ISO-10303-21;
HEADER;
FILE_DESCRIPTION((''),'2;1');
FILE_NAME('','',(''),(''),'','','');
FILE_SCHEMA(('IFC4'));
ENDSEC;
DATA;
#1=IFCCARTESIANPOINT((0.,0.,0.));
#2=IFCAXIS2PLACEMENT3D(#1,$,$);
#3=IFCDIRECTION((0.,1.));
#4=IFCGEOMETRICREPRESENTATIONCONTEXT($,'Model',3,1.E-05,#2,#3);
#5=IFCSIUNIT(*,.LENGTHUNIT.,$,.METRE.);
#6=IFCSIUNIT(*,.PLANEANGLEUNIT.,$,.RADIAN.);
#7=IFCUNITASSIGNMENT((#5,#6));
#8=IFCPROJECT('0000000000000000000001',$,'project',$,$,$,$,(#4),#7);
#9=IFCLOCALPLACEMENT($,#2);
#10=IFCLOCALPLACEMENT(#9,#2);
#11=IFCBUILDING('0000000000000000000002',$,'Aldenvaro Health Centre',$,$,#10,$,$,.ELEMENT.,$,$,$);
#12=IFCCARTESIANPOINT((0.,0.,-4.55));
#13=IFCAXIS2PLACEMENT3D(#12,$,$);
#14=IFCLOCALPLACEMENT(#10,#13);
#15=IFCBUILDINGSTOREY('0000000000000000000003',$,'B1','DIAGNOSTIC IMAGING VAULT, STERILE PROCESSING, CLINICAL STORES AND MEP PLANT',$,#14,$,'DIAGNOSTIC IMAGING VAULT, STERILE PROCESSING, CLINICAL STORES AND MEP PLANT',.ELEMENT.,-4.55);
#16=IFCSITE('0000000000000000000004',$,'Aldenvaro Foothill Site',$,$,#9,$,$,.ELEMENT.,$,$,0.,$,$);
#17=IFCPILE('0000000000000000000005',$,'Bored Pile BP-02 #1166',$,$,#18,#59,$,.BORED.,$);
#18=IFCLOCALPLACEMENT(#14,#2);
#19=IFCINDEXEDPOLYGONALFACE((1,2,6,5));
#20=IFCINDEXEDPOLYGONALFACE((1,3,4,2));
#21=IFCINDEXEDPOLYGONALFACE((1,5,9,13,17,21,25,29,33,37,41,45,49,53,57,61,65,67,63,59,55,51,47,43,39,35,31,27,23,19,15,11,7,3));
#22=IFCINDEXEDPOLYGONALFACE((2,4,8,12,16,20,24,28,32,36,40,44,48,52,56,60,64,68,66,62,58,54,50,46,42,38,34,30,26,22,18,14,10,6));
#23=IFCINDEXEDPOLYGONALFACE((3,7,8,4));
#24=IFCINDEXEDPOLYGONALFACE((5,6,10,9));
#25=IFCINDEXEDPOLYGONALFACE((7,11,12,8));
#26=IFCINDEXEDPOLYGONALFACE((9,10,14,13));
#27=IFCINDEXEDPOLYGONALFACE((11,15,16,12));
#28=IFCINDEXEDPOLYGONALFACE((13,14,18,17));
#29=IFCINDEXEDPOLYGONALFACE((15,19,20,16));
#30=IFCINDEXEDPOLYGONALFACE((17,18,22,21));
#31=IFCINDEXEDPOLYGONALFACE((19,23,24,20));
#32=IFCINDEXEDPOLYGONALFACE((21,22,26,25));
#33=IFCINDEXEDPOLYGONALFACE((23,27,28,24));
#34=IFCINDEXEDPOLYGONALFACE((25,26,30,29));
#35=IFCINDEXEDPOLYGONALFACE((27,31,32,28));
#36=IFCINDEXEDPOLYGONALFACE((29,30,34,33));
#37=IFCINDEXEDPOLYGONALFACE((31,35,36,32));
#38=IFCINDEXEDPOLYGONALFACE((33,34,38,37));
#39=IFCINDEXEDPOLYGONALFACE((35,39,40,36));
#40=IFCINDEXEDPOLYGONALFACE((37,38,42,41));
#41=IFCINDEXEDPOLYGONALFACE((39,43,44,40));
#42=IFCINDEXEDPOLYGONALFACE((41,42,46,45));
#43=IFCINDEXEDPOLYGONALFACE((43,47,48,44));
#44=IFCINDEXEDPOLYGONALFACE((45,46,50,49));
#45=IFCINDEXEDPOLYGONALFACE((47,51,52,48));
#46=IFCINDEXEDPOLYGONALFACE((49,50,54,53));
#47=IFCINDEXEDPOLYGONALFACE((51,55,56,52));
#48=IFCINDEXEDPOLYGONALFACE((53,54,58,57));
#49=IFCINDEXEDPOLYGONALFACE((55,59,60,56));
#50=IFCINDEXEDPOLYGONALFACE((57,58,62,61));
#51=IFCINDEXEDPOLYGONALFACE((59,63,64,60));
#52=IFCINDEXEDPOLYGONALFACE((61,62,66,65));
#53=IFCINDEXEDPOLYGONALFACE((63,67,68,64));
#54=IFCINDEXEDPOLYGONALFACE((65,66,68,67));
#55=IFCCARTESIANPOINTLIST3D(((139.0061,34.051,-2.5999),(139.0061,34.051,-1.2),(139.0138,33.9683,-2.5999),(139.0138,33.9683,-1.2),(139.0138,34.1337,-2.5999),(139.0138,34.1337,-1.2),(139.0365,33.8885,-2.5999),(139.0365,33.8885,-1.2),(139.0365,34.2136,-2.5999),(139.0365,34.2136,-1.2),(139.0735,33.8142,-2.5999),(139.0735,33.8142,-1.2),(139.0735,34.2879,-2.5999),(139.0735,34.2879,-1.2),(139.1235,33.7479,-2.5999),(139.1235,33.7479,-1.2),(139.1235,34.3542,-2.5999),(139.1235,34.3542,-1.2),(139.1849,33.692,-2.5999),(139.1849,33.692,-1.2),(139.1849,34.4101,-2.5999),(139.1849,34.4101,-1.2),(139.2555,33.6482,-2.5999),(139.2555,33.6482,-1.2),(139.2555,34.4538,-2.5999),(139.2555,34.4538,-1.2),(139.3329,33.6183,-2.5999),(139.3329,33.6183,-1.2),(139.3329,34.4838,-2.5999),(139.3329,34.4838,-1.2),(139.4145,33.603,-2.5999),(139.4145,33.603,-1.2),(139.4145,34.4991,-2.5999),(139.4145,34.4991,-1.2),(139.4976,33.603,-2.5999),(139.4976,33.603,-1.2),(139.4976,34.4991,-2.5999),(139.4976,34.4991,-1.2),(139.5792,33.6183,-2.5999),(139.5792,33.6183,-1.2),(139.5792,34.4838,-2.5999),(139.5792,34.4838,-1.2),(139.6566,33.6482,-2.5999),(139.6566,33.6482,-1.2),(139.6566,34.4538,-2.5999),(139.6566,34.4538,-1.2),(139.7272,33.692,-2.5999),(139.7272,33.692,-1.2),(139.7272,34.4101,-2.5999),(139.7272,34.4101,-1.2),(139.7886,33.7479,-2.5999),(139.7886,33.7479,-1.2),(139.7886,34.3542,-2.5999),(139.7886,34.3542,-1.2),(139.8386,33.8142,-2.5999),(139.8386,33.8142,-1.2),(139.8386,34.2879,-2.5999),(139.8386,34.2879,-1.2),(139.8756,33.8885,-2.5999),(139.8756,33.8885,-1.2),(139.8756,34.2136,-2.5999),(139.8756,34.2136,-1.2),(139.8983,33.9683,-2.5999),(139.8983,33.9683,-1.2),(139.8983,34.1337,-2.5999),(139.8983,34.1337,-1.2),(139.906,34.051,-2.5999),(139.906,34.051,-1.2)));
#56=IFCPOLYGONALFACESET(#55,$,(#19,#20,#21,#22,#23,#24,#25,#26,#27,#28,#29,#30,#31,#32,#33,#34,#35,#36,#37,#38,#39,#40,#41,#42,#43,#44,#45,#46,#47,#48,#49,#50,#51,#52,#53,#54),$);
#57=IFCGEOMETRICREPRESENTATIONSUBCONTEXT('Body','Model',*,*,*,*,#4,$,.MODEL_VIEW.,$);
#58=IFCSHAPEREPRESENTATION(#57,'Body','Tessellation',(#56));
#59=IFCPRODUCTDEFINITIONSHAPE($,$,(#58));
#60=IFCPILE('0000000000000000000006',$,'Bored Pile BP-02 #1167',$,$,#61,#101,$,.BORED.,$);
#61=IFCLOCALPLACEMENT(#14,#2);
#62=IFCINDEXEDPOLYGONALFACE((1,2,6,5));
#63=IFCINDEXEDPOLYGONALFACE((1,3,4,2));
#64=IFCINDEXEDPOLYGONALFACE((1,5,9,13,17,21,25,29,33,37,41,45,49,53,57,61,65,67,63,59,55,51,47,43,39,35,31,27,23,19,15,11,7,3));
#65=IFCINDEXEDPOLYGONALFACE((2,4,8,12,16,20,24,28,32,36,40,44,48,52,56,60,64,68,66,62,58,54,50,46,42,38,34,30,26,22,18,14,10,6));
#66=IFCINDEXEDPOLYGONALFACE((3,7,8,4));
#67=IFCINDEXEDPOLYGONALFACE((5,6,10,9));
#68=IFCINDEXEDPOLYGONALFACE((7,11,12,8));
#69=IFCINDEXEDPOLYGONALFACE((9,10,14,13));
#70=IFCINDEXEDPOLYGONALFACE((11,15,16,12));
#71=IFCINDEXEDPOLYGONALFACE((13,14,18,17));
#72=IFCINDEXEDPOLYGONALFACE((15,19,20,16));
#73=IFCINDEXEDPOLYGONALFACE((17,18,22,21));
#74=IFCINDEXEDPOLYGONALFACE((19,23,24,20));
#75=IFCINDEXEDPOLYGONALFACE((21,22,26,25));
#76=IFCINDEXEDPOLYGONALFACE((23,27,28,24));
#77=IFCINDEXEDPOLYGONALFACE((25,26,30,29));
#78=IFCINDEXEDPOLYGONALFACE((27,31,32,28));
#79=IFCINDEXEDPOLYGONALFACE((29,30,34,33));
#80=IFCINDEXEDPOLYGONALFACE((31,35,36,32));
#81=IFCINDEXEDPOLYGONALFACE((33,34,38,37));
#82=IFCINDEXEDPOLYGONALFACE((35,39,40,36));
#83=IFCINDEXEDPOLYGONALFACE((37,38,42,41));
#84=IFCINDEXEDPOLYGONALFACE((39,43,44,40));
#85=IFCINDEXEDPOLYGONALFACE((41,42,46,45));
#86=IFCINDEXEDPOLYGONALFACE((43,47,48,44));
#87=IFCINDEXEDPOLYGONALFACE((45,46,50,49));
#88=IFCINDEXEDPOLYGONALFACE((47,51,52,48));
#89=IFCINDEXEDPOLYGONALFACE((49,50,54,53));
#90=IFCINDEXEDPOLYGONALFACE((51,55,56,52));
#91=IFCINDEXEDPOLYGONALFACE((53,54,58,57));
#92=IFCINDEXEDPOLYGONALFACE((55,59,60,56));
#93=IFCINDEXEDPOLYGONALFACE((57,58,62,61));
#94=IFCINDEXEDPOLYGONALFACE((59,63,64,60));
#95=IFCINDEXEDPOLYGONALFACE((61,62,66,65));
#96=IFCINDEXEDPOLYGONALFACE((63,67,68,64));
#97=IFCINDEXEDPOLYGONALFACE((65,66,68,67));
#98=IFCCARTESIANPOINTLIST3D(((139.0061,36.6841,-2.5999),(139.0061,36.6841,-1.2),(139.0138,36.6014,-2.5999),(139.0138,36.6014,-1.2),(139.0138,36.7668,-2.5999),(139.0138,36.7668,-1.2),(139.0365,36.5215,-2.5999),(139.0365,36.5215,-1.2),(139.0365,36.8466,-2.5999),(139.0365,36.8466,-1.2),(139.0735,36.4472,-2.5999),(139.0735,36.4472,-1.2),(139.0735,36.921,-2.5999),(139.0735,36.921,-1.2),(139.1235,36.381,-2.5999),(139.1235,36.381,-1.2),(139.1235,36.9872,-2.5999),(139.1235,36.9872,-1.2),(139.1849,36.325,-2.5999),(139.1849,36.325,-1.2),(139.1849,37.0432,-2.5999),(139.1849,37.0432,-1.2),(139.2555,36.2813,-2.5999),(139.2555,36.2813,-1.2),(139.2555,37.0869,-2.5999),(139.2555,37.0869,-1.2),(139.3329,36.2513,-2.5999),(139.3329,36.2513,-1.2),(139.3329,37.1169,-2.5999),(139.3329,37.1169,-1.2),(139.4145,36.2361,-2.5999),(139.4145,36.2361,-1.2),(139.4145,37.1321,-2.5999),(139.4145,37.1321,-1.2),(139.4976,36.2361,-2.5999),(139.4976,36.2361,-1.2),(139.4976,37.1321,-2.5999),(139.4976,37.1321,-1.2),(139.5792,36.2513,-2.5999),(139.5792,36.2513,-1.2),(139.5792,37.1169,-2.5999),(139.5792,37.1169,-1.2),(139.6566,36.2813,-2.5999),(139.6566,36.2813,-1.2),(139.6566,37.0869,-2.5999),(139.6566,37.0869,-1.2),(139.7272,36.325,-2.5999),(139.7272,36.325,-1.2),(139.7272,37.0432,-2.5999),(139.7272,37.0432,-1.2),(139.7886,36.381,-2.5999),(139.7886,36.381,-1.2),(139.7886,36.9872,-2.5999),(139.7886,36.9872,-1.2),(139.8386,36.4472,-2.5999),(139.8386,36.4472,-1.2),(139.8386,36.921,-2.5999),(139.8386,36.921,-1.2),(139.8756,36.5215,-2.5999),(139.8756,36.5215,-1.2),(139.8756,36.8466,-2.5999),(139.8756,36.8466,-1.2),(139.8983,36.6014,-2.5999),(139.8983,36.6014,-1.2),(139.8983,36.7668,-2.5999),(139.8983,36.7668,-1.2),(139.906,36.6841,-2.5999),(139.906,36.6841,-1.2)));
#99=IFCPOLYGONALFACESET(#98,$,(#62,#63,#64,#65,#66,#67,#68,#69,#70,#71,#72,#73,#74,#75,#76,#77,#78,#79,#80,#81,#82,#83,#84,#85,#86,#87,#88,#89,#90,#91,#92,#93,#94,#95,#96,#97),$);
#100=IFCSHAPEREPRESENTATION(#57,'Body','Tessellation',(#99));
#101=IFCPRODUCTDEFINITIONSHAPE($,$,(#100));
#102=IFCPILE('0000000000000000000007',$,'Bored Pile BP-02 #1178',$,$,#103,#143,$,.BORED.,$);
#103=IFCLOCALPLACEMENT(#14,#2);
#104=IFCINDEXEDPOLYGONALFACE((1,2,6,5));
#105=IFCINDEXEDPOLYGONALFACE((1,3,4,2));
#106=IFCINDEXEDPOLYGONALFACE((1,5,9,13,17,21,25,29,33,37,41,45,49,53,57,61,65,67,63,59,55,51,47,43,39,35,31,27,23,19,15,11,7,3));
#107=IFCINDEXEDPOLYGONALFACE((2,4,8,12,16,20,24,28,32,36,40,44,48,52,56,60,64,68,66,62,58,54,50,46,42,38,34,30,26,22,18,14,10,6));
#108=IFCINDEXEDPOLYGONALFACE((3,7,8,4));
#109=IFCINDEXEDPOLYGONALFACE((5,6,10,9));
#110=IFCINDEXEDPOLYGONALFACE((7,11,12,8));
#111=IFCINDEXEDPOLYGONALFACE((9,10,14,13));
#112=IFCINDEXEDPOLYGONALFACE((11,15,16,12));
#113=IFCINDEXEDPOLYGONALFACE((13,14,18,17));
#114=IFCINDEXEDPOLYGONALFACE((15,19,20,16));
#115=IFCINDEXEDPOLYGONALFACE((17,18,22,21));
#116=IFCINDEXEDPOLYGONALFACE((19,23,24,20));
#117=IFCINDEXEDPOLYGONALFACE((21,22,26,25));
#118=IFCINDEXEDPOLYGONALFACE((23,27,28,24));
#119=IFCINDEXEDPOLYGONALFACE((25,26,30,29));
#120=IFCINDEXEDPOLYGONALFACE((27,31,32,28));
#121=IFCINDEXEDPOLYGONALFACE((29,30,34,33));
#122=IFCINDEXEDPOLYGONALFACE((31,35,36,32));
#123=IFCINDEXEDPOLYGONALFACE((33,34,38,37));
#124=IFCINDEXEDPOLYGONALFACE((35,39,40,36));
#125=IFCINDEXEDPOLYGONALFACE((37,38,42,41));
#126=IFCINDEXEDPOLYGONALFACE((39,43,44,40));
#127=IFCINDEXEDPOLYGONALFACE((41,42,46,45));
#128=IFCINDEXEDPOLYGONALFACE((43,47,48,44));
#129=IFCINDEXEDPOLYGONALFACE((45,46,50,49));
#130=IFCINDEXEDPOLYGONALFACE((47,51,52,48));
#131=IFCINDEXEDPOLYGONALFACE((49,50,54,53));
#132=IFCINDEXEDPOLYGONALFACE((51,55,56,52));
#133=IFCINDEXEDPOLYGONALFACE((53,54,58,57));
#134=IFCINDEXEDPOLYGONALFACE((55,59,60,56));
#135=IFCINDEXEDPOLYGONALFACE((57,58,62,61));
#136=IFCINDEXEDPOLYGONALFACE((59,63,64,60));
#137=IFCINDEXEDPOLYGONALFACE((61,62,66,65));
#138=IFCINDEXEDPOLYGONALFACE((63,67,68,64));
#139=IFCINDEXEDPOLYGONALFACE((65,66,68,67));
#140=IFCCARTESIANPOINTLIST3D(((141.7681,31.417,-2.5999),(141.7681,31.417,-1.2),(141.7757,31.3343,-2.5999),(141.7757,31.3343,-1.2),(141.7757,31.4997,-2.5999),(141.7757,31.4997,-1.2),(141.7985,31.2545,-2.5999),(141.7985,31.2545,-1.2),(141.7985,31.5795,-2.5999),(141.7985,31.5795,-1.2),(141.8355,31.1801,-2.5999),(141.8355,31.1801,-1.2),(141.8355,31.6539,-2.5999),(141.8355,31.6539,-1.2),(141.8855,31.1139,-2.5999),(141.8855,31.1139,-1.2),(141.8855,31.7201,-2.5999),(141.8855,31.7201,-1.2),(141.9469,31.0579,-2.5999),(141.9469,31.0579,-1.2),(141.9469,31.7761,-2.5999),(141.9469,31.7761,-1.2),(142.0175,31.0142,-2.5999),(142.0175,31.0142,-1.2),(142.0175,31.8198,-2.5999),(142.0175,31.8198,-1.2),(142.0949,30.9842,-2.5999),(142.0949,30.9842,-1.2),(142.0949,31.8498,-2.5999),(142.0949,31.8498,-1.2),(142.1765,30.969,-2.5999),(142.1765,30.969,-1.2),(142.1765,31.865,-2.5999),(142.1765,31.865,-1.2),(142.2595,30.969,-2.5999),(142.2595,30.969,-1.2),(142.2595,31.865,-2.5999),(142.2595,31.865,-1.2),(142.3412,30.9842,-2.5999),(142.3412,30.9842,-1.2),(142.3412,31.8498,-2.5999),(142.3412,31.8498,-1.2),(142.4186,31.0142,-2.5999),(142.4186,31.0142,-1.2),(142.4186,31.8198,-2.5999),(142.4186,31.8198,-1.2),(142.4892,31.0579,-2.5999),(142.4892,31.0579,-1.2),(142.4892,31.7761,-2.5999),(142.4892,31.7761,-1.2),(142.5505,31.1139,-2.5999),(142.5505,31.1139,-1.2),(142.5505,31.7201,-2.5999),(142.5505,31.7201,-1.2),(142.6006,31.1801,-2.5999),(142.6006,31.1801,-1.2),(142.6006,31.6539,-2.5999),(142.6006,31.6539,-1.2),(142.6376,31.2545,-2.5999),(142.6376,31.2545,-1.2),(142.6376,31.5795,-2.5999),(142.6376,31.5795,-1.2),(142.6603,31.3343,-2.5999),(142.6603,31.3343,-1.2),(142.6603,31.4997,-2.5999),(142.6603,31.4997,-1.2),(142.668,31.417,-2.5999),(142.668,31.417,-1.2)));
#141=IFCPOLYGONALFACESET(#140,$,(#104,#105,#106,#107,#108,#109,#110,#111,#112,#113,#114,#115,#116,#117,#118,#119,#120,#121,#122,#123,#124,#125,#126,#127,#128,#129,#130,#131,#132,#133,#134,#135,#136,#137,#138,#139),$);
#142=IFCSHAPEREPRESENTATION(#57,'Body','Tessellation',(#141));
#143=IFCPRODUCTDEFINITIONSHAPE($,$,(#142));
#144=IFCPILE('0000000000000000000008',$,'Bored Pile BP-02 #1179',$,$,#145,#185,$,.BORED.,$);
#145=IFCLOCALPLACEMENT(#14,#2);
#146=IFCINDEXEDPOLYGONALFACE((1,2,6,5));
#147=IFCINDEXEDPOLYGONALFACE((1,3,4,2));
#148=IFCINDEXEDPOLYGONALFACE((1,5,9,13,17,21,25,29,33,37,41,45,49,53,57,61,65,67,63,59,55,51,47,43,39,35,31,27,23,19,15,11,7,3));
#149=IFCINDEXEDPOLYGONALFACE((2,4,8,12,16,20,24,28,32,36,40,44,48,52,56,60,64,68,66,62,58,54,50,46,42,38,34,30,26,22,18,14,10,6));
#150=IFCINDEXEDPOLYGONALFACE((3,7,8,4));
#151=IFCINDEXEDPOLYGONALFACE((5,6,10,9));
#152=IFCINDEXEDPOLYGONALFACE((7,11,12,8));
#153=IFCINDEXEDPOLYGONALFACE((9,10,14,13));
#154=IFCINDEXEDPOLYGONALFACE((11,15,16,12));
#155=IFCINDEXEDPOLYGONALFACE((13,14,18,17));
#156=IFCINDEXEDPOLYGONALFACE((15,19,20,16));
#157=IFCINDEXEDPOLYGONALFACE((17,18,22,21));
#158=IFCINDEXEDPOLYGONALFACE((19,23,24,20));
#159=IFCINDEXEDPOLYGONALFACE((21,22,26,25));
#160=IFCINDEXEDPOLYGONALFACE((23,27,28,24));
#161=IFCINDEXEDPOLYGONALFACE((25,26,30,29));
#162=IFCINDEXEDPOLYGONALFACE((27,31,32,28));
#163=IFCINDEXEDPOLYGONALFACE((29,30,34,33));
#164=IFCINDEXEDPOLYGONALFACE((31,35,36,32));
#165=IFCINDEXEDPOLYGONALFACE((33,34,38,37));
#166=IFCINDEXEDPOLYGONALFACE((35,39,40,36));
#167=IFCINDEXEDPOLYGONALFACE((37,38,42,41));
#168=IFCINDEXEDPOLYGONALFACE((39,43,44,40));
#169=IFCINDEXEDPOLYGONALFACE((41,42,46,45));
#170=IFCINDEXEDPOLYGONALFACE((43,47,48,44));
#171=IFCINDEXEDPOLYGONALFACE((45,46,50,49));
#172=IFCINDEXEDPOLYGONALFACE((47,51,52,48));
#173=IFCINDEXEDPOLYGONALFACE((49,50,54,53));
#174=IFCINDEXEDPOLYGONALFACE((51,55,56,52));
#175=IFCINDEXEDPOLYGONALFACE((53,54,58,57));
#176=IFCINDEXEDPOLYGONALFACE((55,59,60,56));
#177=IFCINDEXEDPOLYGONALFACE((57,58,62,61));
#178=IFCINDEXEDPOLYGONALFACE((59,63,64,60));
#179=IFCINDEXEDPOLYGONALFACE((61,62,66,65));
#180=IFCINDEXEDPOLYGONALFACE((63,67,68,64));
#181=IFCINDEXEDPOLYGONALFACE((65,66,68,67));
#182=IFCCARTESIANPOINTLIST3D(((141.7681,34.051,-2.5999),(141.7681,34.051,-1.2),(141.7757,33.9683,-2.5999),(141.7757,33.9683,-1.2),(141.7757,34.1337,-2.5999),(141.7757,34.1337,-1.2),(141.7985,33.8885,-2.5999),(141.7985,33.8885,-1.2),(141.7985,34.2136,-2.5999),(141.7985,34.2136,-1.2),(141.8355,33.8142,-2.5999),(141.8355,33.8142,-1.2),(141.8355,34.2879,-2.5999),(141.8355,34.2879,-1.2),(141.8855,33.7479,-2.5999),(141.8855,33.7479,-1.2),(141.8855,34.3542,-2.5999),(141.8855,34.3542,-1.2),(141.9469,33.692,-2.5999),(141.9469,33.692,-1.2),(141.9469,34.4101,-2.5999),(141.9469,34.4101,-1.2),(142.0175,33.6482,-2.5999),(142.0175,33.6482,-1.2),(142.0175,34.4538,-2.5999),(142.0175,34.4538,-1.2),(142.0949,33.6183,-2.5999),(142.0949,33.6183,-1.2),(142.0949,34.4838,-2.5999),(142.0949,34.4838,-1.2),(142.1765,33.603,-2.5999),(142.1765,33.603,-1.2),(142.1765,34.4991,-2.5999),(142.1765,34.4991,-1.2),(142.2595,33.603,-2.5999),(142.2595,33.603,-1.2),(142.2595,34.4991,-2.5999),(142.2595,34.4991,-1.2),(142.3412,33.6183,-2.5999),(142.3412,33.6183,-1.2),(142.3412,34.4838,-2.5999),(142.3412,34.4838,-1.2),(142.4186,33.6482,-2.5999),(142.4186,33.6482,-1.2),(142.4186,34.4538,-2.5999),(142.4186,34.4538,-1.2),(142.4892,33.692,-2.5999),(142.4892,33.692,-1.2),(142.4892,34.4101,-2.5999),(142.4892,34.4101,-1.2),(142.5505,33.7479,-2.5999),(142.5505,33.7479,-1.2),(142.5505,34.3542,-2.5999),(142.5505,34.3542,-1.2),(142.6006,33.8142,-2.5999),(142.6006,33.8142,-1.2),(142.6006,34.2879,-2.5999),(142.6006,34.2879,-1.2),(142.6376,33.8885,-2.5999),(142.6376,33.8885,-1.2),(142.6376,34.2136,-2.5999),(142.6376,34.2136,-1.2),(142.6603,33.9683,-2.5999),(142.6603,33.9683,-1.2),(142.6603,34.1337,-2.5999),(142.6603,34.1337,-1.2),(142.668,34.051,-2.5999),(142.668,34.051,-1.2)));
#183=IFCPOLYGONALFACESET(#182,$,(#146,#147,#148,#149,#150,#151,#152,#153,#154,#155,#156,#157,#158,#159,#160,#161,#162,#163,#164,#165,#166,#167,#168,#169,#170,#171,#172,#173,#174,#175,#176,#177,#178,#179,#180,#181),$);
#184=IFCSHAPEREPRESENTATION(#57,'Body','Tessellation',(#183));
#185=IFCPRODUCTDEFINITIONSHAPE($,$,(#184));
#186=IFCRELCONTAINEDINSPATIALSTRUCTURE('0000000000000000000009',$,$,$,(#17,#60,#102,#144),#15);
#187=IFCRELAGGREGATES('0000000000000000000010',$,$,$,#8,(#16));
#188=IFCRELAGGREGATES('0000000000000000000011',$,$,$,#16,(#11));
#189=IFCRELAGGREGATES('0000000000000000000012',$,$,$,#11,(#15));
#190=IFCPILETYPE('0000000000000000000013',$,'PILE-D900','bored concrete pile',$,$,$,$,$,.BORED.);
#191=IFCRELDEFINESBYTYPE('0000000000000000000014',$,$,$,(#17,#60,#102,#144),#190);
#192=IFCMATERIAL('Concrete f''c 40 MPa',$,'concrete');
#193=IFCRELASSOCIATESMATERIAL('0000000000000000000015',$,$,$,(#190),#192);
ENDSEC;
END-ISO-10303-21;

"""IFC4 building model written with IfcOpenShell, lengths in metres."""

from ifc_helpers import new_model, si_unit, direction, frame, origin, origin_2d, place, context, subcontext, project, spatial, circle, extrude, material, material_profile, profile_set, type_object, element, save


model = new_model("IFC4")

# Units and contexts
model_context = context("Model", 3, precision=1e-05, world=origin(), true_north=direction((0.0, 1.0)))
body_context = subcontext(model_context, "Body", "Model", "MODEL_VIEW")
ifc_project = project(units=[si_unit("LENGTHUNIT", "METRE"), si_unit("PLANEANGLEUNIT", "RADIAN")], contexts=[model_context])

# Site, building, storey
site_placement = place(None, origin())
site = spatial("IfcSite", under=ifc_project, at=site_placement, Name="Aldenvaro Foothill Site", CompositionType="ELEMENT", RefElevation=0.0)
building_placement = place(site_placement, origin())
building = spatial("IfcBuilding", under=site, at=building_placement, Name="Aldenvaro Health Centre", CompositionType="ELEMENT")
storey_placement = place(building_placement, frame((0.0, 0.0, -4.55)))
storey = spatial("IfcBuildingStorey", under=building, at=storey_placement, Name="B1", Description="DIAGNOSTIC IMAGING VAULT, STERILE PROCESSING, CLINICAL STORES AND MEP PLANT", LongName="DIAGNOSTIC IMAGING VAULT, STERILE PROCESSING, CLINICAL STORES AND MEP PLANT", CompositionType="ELEMENT", Elevation=-4.55)

# Shared definitions
ifc_material_1 = material(Name="Concrete f'c 40 MPa", Category="concrete")

# Piles
ifc_material_profile_1 = material_profile(ifc_material_1, circle(Radius=0.45, at=origin_2d()), Name="PILE D900", Category="concrete")
ifc_profile_set_1 = profile_set([ifc_material_profile_1], Name="Concrete f'c 40 MPa")
pile_type_1 = type_object("IfcPileType", Name="PILE-D900", Description="bored concrete pile", PredefinedType="BORED", material=ifc_profile_set_1)
for number, where, z_axis, x_axis, name in (
    (1, (139.4561, 34.051, -1.2), (0.0, 0.0, -1.0), (1.0, 0.0, 0.0), "Bored Pile BP-02 #1166"),
    (2, (139.4561, 36.6841, -1.2), (0.0, 0.0, -1.0), (1.0, 0.0, 0.0), "Bored Pile BP-02 #1167"),
    (3, (142.218, 31.417, -1.2), (0.0, 0.0, -1.0), (1.0, 0.0, 0.0), "Bored Pile BP-02 #1178"),
    (4, (142.218, 34.051, -1.2), (0.0, 0.0, -1.0), (1.0, 0.0, 0.0), "Bored Pile BP-02 #1179"),
):
    element("IfcPile", number, at=place(storey_placement, frame(where, z_axis=z_axis, x_axis=x_axis)), inside=storey, type_object=pile_type_1, Name=name, PredefinedType="BORED", context=body_context, shape_type="SweptSolid", body=[
        extrude(circle(Radius=0.45, at=origin_2d()), origin(), (0.0, 0.0, 1.0), 1.3999),
    ])

save(model, "model.ifc")
